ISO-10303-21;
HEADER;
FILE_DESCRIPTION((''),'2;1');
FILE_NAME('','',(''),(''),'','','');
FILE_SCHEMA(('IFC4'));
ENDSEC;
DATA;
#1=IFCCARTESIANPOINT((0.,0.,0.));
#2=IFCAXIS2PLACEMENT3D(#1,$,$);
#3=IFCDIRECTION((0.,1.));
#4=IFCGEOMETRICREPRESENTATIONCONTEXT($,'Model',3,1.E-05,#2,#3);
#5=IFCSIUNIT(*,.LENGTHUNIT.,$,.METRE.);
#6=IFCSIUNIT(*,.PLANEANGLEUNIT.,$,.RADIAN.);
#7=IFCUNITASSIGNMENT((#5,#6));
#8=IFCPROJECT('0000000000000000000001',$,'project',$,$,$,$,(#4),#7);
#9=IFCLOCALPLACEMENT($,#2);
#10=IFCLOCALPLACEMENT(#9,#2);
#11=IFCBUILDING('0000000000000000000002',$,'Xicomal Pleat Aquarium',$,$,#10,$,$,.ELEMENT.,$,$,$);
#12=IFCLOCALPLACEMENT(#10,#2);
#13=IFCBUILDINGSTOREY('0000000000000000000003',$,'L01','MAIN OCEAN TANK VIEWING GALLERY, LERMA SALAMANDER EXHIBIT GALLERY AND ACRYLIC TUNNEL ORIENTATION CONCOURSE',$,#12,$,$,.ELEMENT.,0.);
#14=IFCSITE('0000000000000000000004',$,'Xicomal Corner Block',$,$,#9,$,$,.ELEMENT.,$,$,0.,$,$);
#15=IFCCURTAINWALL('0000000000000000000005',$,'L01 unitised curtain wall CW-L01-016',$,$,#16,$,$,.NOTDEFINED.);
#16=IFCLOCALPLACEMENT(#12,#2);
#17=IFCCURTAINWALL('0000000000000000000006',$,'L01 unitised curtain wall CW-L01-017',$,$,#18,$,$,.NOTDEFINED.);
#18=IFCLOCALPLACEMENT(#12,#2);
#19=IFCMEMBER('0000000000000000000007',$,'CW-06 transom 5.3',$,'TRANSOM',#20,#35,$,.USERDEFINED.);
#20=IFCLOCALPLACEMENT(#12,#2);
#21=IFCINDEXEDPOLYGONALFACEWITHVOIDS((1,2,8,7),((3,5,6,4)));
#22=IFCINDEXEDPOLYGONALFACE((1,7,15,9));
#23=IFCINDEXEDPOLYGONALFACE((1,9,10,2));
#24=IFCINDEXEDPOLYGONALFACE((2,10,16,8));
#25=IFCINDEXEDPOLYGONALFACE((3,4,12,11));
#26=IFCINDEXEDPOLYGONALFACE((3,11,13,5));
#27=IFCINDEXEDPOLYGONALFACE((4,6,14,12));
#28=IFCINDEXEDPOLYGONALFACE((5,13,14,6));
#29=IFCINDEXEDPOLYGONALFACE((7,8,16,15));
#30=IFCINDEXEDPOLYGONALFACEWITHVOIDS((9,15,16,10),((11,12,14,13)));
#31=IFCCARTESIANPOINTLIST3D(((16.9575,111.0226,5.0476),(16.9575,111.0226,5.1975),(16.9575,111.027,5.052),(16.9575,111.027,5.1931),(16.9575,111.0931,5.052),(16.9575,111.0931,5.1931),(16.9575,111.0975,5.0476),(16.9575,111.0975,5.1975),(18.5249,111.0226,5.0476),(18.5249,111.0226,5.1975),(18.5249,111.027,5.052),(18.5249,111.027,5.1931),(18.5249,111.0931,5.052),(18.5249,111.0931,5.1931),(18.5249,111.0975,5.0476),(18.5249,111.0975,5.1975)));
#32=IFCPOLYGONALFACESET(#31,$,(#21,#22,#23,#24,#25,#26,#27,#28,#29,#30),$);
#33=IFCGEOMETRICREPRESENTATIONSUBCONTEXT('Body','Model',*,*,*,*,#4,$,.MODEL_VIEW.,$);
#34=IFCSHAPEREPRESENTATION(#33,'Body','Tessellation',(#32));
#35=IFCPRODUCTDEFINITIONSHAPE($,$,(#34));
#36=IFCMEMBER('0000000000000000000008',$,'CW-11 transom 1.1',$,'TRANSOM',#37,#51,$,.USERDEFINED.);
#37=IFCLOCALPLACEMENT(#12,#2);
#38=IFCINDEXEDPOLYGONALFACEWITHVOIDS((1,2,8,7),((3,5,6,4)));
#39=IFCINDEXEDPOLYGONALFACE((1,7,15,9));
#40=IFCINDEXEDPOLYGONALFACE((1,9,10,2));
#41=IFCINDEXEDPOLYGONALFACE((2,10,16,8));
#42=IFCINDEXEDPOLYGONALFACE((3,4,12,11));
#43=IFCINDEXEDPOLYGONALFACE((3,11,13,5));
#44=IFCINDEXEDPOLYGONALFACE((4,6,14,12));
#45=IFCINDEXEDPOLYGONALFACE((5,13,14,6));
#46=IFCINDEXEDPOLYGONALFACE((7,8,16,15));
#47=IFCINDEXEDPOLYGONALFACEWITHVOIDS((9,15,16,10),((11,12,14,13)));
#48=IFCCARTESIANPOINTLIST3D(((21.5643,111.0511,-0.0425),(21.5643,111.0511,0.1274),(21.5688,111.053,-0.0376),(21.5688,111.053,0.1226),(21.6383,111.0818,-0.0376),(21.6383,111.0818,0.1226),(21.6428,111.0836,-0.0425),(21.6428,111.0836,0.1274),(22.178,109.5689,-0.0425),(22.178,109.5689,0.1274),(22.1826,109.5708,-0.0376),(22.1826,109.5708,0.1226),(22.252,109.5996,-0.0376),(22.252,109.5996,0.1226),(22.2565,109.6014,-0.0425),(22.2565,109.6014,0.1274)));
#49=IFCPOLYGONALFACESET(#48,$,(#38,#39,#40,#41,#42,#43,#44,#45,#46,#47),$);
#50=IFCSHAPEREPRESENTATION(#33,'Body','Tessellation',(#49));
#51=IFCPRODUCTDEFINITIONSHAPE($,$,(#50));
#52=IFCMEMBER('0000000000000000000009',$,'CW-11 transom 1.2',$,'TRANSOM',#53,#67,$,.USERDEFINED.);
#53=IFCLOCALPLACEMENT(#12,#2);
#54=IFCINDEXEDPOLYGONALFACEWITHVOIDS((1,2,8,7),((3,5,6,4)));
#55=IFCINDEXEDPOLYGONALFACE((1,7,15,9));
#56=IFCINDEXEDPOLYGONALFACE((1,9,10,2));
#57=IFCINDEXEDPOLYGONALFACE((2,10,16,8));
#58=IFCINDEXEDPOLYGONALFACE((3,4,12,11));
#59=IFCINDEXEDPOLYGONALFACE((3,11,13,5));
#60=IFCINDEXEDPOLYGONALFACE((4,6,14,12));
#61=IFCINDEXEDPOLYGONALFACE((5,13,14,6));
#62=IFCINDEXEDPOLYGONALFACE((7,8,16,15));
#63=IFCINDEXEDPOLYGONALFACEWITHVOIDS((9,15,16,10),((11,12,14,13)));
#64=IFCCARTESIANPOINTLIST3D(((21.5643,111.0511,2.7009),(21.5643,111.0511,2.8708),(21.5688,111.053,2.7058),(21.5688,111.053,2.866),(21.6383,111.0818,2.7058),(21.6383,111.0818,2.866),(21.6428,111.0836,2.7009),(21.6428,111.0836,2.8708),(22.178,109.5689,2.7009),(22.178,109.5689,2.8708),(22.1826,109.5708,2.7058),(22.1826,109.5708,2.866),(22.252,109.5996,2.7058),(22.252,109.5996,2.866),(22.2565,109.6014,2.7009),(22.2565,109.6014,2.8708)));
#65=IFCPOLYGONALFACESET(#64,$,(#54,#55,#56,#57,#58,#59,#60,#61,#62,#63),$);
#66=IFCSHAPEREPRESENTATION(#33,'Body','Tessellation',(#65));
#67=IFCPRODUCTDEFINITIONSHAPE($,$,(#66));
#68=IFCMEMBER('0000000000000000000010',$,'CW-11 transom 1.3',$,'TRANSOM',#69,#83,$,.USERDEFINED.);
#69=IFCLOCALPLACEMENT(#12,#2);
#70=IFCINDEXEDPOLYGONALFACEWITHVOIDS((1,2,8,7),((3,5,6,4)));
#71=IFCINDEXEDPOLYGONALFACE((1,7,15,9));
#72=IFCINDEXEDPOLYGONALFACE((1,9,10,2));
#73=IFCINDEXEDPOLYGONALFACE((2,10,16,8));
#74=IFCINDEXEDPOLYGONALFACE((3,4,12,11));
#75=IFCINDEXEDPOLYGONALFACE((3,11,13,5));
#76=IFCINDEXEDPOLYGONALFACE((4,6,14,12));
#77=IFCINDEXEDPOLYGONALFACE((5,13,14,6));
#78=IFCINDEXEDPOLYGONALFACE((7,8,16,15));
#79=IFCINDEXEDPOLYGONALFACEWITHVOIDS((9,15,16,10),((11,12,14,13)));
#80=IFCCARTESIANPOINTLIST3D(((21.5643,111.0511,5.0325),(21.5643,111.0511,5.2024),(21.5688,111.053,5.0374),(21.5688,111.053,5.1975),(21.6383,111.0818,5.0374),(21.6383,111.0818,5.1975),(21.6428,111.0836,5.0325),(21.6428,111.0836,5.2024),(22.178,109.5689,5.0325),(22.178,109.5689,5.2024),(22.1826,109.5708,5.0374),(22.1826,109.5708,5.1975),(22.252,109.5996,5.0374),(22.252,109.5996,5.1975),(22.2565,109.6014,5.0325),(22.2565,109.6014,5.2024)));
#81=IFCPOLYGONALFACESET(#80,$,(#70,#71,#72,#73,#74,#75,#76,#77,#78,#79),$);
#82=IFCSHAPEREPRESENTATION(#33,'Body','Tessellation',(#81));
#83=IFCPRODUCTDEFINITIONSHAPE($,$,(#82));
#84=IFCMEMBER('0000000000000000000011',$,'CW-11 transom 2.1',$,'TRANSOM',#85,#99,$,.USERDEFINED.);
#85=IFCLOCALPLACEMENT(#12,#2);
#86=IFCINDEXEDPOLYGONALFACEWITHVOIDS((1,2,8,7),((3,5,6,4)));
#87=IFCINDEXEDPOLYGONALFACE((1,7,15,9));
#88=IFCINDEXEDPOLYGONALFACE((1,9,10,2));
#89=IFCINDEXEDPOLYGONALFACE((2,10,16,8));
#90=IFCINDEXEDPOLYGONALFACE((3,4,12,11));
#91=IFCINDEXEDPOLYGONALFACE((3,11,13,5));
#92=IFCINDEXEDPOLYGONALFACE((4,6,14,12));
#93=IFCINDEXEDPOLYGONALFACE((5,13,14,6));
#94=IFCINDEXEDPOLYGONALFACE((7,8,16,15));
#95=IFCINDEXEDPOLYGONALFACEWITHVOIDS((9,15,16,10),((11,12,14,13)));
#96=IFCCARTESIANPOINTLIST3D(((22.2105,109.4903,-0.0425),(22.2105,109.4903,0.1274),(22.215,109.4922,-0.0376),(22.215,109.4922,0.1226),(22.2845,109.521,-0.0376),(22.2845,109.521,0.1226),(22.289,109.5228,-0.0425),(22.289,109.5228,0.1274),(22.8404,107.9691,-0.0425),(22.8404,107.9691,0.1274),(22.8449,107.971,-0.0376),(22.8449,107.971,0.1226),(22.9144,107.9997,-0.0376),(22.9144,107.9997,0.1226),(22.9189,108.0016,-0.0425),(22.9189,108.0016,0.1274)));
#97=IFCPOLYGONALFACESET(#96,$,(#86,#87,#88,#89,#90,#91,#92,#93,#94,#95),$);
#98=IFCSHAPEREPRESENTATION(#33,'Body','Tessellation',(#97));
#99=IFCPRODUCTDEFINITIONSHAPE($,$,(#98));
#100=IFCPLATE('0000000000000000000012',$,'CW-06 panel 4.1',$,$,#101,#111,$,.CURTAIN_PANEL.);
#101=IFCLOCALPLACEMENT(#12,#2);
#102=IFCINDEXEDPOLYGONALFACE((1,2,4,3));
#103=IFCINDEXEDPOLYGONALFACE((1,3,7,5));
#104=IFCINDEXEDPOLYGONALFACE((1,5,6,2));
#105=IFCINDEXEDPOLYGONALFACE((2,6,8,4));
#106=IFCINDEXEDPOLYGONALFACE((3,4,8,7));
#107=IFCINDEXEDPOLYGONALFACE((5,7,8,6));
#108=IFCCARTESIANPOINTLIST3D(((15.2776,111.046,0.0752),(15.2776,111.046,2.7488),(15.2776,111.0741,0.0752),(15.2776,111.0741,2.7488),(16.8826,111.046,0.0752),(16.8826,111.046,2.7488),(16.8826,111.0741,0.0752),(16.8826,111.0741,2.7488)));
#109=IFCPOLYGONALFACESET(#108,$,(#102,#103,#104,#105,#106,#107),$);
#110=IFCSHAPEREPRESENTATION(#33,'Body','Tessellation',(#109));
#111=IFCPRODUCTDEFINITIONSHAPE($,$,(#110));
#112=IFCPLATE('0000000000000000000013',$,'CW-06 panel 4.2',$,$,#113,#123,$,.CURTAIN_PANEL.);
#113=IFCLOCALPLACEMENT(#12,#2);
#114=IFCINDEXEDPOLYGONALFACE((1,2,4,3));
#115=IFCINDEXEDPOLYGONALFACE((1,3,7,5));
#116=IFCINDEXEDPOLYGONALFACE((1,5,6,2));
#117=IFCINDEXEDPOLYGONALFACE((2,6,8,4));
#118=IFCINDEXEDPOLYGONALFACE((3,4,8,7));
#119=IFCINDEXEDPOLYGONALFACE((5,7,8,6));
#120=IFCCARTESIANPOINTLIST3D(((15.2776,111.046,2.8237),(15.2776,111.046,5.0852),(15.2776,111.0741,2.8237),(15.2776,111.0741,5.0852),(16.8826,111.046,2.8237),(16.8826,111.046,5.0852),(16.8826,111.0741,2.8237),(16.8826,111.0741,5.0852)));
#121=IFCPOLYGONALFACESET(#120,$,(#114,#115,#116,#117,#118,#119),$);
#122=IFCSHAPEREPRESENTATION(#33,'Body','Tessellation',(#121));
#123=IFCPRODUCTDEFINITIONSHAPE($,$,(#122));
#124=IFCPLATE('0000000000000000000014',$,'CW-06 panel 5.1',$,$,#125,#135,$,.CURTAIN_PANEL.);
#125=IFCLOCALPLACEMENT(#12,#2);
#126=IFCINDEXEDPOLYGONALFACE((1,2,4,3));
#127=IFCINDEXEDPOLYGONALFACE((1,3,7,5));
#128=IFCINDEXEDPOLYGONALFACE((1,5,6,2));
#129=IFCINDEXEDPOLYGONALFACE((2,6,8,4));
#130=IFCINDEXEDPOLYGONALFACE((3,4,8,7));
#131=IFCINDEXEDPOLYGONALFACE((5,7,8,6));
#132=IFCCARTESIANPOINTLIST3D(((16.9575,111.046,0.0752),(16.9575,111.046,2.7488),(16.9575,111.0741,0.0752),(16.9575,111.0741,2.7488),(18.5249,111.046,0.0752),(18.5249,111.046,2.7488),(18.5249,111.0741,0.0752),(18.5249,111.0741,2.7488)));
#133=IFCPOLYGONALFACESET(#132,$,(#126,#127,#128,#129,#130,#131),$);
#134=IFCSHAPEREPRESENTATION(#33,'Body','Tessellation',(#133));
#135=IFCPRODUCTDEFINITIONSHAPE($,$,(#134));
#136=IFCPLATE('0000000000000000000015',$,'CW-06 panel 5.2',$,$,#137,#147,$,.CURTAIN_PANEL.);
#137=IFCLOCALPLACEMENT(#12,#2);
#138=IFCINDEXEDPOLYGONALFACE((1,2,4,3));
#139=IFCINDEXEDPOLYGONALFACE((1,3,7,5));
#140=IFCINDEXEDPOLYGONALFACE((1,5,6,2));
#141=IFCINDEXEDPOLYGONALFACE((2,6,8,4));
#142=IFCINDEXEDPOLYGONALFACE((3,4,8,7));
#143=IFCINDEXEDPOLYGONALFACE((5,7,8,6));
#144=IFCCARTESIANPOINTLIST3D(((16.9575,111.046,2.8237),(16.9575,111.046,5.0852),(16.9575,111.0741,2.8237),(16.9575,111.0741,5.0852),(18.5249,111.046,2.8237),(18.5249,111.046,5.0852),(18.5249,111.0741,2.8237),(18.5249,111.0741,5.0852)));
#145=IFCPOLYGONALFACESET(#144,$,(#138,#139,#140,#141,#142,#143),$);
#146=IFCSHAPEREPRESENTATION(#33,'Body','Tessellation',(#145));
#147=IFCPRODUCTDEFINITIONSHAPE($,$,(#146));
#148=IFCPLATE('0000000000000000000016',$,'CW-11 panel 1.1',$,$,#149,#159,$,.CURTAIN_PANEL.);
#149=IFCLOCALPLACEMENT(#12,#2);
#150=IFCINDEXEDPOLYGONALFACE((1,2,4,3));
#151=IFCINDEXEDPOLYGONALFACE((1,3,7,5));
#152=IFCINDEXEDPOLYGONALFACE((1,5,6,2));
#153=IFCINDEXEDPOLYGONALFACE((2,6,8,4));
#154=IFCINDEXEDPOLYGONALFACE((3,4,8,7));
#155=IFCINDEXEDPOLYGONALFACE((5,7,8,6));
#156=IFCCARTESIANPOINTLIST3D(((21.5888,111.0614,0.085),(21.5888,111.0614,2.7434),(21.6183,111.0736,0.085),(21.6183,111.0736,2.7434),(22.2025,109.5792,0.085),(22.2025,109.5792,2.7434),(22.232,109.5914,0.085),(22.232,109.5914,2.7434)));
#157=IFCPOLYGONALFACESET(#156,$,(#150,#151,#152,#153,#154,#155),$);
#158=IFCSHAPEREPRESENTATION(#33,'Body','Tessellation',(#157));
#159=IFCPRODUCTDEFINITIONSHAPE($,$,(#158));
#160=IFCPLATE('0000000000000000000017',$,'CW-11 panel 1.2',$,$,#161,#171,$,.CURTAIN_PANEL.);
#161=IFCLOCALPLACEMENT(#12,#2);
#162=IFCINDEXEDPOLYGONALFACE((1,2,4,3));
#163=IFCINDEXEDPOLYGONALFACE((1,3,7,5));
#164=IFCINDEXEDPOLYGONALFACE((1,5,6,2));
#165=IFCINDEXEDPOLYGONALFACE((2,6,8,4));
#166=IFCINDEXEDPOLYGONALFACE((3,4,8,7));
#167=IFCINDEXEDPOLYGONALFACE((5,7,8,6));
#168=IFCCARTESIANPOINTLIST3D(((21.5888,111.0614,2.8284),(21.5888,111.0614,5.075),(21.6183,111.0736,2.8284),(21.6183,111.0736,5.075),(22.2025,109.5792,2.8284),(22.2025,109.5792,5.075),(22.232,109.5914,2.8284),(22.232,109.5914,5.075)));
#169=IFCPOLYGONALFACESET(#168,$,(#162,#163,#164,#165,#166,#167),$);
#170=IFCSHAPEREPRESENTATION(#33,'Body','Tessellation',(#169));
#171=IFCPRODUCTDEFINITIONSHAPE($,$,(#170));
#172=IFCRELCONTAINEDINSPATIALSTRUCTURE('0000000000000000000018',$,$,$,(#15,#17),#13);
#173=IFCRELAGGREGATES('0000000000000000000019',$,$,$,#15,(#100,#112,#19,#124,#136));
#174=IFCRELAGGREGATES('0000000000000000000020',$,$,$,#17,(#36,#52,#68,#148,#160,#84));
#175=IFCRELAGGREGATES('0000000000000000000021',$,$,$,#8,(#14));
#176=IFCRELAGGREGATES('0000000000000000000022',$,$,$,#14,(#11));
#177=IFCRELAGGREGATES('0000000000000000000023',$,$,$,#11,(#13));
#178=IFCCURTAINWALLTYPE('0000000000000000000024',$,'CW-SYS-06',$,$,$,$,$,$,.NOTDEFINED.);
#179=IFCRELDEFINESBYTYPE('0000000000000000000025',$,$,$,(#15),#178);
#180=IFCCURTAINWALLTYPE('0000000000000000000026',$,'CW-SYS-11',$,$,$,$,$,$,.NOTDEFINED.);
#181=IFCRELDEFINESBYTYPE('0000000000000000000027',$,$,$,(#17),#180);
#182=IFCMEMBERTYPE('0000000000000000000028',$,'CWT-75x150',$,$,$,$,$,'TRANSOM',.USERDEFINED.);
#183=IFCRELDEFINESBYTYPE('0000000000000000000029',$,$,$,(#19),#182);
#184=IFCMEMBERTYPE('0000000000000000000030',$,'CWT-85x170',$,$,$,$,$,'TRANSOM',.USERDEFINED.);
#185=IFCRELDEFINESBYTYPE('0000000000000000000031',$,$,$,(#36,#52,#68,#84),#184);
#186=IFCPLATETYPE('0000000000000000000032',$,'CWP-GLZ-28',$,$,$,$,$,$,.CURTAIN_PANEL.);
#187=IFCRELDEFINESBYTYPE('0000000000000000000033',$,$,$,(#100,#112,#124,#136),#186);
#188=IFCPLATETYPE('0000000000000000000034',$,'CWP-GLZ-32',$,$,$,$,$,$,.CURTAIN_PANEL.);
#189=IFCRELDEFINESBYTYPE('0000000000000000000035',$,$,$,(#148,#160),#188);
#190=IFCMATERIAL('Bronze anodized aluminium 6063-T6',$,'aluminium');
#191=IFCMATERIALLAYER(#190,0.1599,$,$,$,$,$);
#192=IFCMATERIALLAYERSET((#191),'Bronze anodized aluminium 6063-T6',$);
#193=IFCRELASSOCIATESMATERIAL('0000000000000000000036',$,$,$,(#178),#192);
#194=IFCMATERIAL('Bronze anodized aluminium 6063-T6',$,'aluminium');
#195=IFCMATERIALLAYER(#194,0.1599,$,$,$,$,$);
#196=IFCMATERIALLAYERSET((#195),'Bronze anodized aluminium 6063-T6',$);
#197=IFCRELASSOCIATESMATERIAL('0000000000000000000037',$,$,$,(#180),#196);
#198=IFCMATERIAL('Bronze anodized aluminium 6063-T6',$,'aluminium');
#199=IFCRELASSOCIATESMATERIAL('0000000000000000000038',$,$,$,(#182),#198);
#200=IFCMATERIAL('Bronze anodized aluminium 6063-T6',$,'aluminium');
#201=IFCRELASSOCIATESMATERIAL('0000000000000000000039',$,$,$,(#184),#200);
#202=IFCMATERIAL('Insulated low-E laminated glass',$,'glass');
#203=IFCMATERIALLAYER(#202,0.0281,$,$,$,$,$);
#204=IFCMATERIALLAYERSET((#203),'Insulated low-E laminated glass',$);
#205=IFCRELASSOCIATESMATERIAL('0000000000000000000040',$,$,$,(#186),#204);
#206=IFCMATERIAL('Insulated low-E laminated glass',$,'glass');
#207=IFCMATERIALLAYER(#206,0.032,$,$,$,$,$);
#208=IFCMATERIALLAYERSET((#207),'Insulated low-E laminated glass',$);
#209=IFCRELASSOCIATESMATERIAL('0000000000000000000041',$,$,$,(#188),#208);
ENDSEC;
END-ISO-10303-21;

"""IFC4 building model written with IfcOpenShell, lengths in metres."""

from ifc_helpers import new_model, si_unit, direction, frame, origin, origin_2d, place, context, subcontext, project, spatial, rectangle, hollow_rectangle, extrude, material, layer, layer_set, material_profile, profile_set, type_object, element, aggregate, save


model = new_model("IFC4")

# Units and contexts
model_context = context("Model", 3, precision=1e-05, world=origin(), true_north=direction((0.0, 1.0)))
body_context = subcontext(model_context, "Body", "Model", "MODEL_VIEW")
ifc_project = project(units=[si_unit("LENGTHUNIT", "METRE"), si_unit("PLANEANGLEUNIT", "RADIAN")], contexts=[model_context])

# Site, building, storey
site_placement = place(None, origin())
site = spatial("IfcSite", under=ifc_project, at=site_placement, Name="Xicomal Corner Block", CompositionType="ELEMENT", RefElevation=0.0)
building_placement = place(site_placement, origin())
building = spatial("IfcBuilding", under=site, at=building_placement, Name="Xicomal Pleat Aquarium", CompositionType="ELEMENT")
storey_placement = place(building_placement, origin())
storey = spatial("IfcBuildingStorey", under=building, at=storey_placement, Name="L01", Description="MAIN OCEAN TANK VIEWING GALLERY, LERMA SALAMANDER EXHIBIT GALLERY AND ACRYLIC TUNNEL ORIENTATION CONCOURSE", CompositionType="ELEMENT", Elevation=0.0)

# Curtain walls
ifc_material_1 = material(Name="Bronze anodized aluminium 6063-T6", Category="aluminium")
ifc_layer_1 = layer(ifc_material_1, 0.1599)
ifc_layer_set_1 = layer_set([ifc_layer_1], Name="Bronze anodized aluminium 6063-T6")
curtain_wall_type_1 = type_object("IfcCurtainWallType", Name="CW-SYS-06", PredefinedType="NOTDEFINED", material=ifc_layer_set_1)
curtain_wall_1_placement = place(storey_placement, origin())
curtain_wall_1 = element("IfcCurtainWall", 1, at=curtain_wall_1_placement, inside=storey, type_object=curtain_wall_type_1, Name="L01 unitised curtain wall CW-L01-016", PredefinedType="NOTDEFINED")
ifc_material_2 = material(Name="Bronze anodized aluminium 6063-T6", Category="aluminium")
ifc_layer_2 = layer(ifc_material_2, 0.1599)
ifc_layer_set_2 = layer_set([ifc_layer_2], Name="Bronze anodized aluminium 6063-T6")
curtain_wall_type_2 = type_object("IfcCurtainWallType", Name="CW-SYS-11", PredefinedType="NOTDEFINED", material=ifc_layer_set_2)
curtain_wall_2_placement = place(storey_placement, origin())
curtain_wall_2 = element("IfcCurtainWall", 2, at=curtain_wall_2_placement, inside=storey, type_object=curtain_wall_type_2, Name="L01 unitised curtain wall CW-L01-017", PredefinedType="NOTDEFINED")

# Members
ifc_material_3 = material(Name="Bronze anodized aluminium 6063-T6", Category="aluminium")
ifc_material_profile_1 = material_profile(ifc_material_3, hollow_rectangle(XDim=0.075, YDim=0.1499, WallThickness=0.0044, at=origin_2d()), Name="ALU TRAN 75x150")
ifc_profile_set_1 = profile_set([ifc_material_profile_1], Name="Bronze anodized aluminium 6063-T6")
member_type_1 = type_object("IfcMemberType", Name="CWT-75x150", ElementType="TRANSOM", PredefinedType="USERDEFINED", material=ifc_profile_set_1)
member_1_placement = place(storey_placement, frame((16.9575, 111.0601, 5.1226), z_axis=(1.0, 0.0, 0.0), x_axis=(0.0, 1.0, 0.0)))
member_1 = element("IfcMember", 3, at=member_1_placement, type_object=member_type_1, Name="CW-06 transom 5.3", ObjectType="TRANSOM", PredefinedType="USERDEFINED", context=body_context, shape_type="SweptSolid", body=[
    extrude(hollow_rectangle(XDim=0.075, YDim=0.1499, WallThickness=0.0044, at=origin_2d()), origin(), (0.0, 0.0, 1.0), 1.5674),
])
ifc_material_4 = material(Name="Bronze anodized aluminium 6063-T6", Category="aluminium")
ifc_material_profile_2 = material_profile(ifc_material_4, hollow_rectangle(XDim=0.085, YDim=0.1699, WallThickness=0.0049, at=origin_2d()), Name="ALU TRAN 85x170")
ifc_profile_set_2 = profile_set([ifc_material_profile_2], Name="Bronze anodized aluminium 6063-T6")
member_type_2 = type_object("IfcMemberType", Name="CWT-85x170", ElementType="TRANSOM", PredefinedType="USERDEFINED", material=ifc_profile_set_2)
member_2_placement = place(storey_placement, frame((21.6035, 111.0674, 0.0425), z_axis=(0.382594, -0.923917, 0.0), x_axis=(0.923917, 0.382594, 0.0)))
member_2 = element("IfcMember", 4, at=member_2_placement, type_object=member_type_2, Name="CW-11 transom 1.1", ObjectType="TRANSOM", PredefinedType="USERDEFINED", context=body_context, shape_type="SweptSolid", body=[
    extrude(hollow_rectangle(XDim=0.085, YDim=0.1699, WallThickness=0.0049, at=origin_2d()), origin(), (0.0, 0.0, 1.0), 1.6042),
])
member_3_placement = place(storey_placement, frame((21.6035, 111.0674, 2.7859), z_axis=(0.382594, -0.923917, 0.0), x_axis=(0.923917, 0.382594, 0.0)))
member_3 = element("IfcMember", 5, at=member_3_placement, type_object=member_type_2, Name="CW-11 transom 1.2", ObjectType="TRANSOM", PredefinedType="USERDEFINED", context=body_context, shape_type="SweptSolid", body=[
    extrude(hollow_rectangle(XDim=0.085, YDim=0.1699, WallThickness=0.0049, at=origin_2d()), origin(), (0.0, 0.0, 1.0), 1.6042),
])
member_4_placement = place(storey_placement, frame((21.6035, 111.0674, 5.1174), z_axis=(0.382594, -0.923917, 0.0), x_axis=(0.923917, 0.382594, 0.0)))
member_4 = element("IfcMember", 6, at=member_4_placement, type_object=member_type_2, Name="CW-11 transom 1.3", ObjectType="TRANSOM", PredefinedType="USERDEFINED", context=body_context, shape_type="SweptSolid", body=[
    extrude(hollow_rectangle(XDim=0.085, YDim=0.1699, WallThickness=0.0049, at=origin_2d()), origin(), (0.0, 0.0, 1.0), 1.6042),
])
member_5_placement = place(storey_placement, frame((22.2498, 109.5066, 0.0425), z_axis=(0.382561, -0.92393, 0.0), x_axis=(0.92393, 0.382561, 0.0)))
member_5 = element("IfcMember", 7, at=member_5_placement, type_object=member_type_2, Name="CW-11 transom 2.1", ObjectType="TRANSOM", PredefinedType="USERDEFINED", context=body_context, shape_type="SweptSolid", body=[
    extrude(hollow_rectangle(XDim=0.085, YDim=0.1699, WallThickness=0.0049, at=origin_2d()), origin(), (0.0, 0.0, 1.0), 1.6465),
])

# Plates
ifc_material_5 = material(Name="Insulated low-E laminated glass", Category="glass")
ifc_layer_3 = layer(ifc_material_5, 0.0281)
ifc_layer_set_3 = layer_set([ifc_layer_3], Name="Insulated low-E laminated glass")
plate_type_1 = type_object("IfcPlateType", Name="CWP-GLZ-28", PredefinedType="CURTAIN_PANEL", material=ifc_layer_set_3)
plate_1_placement = place(storey_placement, frame((16.0801, 111.0601, 0.0752), z_axis=(0.0, 0.0, 1.0), x_axis=(1.0, 0.0, 0.0)))
plate_1 = element("IfcPlate", 8, at=plate_1_placement, type_object=plate_type_1, Name="CW-06 panel 4.1", PredefinedType="CURTAIN_PANEL", context=body_context, shape_type="SweptSolid", body=[
    extrude(rectangle(XDim=1.605, YDim=0.0281, at=origin_2d()), origin(), (0.0, 0.0, 1.0), 2.6736),
])
plate_2_placement = place(storey_placement, frame((16.0801, 111.0601, 2.8237), z_axis=(0.0, 0.0, 1.0), x_axis=(1.0, 0.0, 0.0)))
plate_2 = element("IfcPlate", 9, at=plate_2_placement, type_object=plate_type_1, Name="CW-06 panel 4.2", PredefinedType="CURTAIN_PANEL", context=body_context, shape_type="SweptSolid", body=[
    extrude(rectangle(XDim=1.605, YDim=0.0281, at=origin_2d()), origin(), (0.0, 0.0, 1.0), 2.2615),
])
plate_3_placement = place(storey_placement, frame((17.7412, 111.0601, 0.0752), z_axis=(0.0, 0.0, 1.0), x_axis=(1.0, 0.0, 0.0)))
plate_3 = element("IfcPlate", 10, at=plate_3_placement, type_object=plate_type_1, Name="CW-06 panel 5.1", PredefinedType="CURTAIN_PANEL", context=body_context, shape_type="SweptSolid", body=[
    extrude(rectangle(XDim=1.5674, YDim=0.0281, at=origin_2d()), origin(), (0.0, 0.0, 1.0), 2.6736),
])
plate_4_placement = place(storey_placement, frame((17.7412, 111.0601, 2.8237), z_axis=(0.0, 0.0, 1.0), x_axis=(1.0, 0.0, 0.0)))
plate_4 = element("IfcPlate", 11, at=plate_4_placement, type_object=plate_type_1, Name="CW-06 panel 5.2", PredefinedType="CURTAIN_PANEL", context=body_context, shape_type="SweptSolid", body=[
    extrude(rectangle(XDim=1.5674, YDim=0.0281, at=origin_2d()), origin(), (0.0, 0.0, 1.0), 2.2615),
])
aggregate(curtain_wall_1, [plate_1, plate_2, member_1, plate_3, plate_4])
ifc_material_6 = material(Name="Insulated low-E laminated glass", Category="glass")
ifc_layer_4 = layer(ifc_material_6, 0.032)
ifc_layer_set_4 = layer_set([ifc_layer_4], Name="Insulated low-E laminated glass")
plate_type_2 = type_object("IfcPlateType", Name="CWP-GLZ-32", PredefinedType="CURTAIN_PANEL", material=ifc_layer_set_4)
plate_5_placement = place(storey_placement, frame((21.9104, 110.3264, 0.085), z_axis=(0.0, 0.0, 1.0), x_axis=(0.382564, -0.923929, 0.0)))
plate_5 = element("IfcPlate", 12, at=plate_5_placement, type_object=plate_type_2, Name="CW-11 panel 1.1", PredefinedType="CURTAIN_PANEL", context=body_context, shape_type="SweptSolid", body=[
    extrude(rectangle(XDim=1.6042, YDim=0.032, at=origin_2d()), origin(), (0.0, 0.0, 1.0), 2.6584),
])
plate_6_placement = place(storey_placement, frame((21.9104, 110.3264, 2.8284), z_axis=(0.0, 0.0, 1.0), x_axis=(0.382564, -0.923929, 0.0)))
plate_6 = element("IfcPlate", 13, at=plate_6_placement, type_object=plate_type_2, Name="CW-11 panel 1.2", PredefinedType="CURTAIN_PANEL", context=body_context, shape_type="SweptSolid", body=[
    extrude(rectangle(XDim=1.6042, YDim=0.032, at=origin_2d()), origin(), (0.0, 0.0, 1.0), 2.2466),
])
aggregate(curtain_wall_2, [member_2, member_3, member_4, plate_5, plate_6, member_5])

save(model, "model.ifc")
